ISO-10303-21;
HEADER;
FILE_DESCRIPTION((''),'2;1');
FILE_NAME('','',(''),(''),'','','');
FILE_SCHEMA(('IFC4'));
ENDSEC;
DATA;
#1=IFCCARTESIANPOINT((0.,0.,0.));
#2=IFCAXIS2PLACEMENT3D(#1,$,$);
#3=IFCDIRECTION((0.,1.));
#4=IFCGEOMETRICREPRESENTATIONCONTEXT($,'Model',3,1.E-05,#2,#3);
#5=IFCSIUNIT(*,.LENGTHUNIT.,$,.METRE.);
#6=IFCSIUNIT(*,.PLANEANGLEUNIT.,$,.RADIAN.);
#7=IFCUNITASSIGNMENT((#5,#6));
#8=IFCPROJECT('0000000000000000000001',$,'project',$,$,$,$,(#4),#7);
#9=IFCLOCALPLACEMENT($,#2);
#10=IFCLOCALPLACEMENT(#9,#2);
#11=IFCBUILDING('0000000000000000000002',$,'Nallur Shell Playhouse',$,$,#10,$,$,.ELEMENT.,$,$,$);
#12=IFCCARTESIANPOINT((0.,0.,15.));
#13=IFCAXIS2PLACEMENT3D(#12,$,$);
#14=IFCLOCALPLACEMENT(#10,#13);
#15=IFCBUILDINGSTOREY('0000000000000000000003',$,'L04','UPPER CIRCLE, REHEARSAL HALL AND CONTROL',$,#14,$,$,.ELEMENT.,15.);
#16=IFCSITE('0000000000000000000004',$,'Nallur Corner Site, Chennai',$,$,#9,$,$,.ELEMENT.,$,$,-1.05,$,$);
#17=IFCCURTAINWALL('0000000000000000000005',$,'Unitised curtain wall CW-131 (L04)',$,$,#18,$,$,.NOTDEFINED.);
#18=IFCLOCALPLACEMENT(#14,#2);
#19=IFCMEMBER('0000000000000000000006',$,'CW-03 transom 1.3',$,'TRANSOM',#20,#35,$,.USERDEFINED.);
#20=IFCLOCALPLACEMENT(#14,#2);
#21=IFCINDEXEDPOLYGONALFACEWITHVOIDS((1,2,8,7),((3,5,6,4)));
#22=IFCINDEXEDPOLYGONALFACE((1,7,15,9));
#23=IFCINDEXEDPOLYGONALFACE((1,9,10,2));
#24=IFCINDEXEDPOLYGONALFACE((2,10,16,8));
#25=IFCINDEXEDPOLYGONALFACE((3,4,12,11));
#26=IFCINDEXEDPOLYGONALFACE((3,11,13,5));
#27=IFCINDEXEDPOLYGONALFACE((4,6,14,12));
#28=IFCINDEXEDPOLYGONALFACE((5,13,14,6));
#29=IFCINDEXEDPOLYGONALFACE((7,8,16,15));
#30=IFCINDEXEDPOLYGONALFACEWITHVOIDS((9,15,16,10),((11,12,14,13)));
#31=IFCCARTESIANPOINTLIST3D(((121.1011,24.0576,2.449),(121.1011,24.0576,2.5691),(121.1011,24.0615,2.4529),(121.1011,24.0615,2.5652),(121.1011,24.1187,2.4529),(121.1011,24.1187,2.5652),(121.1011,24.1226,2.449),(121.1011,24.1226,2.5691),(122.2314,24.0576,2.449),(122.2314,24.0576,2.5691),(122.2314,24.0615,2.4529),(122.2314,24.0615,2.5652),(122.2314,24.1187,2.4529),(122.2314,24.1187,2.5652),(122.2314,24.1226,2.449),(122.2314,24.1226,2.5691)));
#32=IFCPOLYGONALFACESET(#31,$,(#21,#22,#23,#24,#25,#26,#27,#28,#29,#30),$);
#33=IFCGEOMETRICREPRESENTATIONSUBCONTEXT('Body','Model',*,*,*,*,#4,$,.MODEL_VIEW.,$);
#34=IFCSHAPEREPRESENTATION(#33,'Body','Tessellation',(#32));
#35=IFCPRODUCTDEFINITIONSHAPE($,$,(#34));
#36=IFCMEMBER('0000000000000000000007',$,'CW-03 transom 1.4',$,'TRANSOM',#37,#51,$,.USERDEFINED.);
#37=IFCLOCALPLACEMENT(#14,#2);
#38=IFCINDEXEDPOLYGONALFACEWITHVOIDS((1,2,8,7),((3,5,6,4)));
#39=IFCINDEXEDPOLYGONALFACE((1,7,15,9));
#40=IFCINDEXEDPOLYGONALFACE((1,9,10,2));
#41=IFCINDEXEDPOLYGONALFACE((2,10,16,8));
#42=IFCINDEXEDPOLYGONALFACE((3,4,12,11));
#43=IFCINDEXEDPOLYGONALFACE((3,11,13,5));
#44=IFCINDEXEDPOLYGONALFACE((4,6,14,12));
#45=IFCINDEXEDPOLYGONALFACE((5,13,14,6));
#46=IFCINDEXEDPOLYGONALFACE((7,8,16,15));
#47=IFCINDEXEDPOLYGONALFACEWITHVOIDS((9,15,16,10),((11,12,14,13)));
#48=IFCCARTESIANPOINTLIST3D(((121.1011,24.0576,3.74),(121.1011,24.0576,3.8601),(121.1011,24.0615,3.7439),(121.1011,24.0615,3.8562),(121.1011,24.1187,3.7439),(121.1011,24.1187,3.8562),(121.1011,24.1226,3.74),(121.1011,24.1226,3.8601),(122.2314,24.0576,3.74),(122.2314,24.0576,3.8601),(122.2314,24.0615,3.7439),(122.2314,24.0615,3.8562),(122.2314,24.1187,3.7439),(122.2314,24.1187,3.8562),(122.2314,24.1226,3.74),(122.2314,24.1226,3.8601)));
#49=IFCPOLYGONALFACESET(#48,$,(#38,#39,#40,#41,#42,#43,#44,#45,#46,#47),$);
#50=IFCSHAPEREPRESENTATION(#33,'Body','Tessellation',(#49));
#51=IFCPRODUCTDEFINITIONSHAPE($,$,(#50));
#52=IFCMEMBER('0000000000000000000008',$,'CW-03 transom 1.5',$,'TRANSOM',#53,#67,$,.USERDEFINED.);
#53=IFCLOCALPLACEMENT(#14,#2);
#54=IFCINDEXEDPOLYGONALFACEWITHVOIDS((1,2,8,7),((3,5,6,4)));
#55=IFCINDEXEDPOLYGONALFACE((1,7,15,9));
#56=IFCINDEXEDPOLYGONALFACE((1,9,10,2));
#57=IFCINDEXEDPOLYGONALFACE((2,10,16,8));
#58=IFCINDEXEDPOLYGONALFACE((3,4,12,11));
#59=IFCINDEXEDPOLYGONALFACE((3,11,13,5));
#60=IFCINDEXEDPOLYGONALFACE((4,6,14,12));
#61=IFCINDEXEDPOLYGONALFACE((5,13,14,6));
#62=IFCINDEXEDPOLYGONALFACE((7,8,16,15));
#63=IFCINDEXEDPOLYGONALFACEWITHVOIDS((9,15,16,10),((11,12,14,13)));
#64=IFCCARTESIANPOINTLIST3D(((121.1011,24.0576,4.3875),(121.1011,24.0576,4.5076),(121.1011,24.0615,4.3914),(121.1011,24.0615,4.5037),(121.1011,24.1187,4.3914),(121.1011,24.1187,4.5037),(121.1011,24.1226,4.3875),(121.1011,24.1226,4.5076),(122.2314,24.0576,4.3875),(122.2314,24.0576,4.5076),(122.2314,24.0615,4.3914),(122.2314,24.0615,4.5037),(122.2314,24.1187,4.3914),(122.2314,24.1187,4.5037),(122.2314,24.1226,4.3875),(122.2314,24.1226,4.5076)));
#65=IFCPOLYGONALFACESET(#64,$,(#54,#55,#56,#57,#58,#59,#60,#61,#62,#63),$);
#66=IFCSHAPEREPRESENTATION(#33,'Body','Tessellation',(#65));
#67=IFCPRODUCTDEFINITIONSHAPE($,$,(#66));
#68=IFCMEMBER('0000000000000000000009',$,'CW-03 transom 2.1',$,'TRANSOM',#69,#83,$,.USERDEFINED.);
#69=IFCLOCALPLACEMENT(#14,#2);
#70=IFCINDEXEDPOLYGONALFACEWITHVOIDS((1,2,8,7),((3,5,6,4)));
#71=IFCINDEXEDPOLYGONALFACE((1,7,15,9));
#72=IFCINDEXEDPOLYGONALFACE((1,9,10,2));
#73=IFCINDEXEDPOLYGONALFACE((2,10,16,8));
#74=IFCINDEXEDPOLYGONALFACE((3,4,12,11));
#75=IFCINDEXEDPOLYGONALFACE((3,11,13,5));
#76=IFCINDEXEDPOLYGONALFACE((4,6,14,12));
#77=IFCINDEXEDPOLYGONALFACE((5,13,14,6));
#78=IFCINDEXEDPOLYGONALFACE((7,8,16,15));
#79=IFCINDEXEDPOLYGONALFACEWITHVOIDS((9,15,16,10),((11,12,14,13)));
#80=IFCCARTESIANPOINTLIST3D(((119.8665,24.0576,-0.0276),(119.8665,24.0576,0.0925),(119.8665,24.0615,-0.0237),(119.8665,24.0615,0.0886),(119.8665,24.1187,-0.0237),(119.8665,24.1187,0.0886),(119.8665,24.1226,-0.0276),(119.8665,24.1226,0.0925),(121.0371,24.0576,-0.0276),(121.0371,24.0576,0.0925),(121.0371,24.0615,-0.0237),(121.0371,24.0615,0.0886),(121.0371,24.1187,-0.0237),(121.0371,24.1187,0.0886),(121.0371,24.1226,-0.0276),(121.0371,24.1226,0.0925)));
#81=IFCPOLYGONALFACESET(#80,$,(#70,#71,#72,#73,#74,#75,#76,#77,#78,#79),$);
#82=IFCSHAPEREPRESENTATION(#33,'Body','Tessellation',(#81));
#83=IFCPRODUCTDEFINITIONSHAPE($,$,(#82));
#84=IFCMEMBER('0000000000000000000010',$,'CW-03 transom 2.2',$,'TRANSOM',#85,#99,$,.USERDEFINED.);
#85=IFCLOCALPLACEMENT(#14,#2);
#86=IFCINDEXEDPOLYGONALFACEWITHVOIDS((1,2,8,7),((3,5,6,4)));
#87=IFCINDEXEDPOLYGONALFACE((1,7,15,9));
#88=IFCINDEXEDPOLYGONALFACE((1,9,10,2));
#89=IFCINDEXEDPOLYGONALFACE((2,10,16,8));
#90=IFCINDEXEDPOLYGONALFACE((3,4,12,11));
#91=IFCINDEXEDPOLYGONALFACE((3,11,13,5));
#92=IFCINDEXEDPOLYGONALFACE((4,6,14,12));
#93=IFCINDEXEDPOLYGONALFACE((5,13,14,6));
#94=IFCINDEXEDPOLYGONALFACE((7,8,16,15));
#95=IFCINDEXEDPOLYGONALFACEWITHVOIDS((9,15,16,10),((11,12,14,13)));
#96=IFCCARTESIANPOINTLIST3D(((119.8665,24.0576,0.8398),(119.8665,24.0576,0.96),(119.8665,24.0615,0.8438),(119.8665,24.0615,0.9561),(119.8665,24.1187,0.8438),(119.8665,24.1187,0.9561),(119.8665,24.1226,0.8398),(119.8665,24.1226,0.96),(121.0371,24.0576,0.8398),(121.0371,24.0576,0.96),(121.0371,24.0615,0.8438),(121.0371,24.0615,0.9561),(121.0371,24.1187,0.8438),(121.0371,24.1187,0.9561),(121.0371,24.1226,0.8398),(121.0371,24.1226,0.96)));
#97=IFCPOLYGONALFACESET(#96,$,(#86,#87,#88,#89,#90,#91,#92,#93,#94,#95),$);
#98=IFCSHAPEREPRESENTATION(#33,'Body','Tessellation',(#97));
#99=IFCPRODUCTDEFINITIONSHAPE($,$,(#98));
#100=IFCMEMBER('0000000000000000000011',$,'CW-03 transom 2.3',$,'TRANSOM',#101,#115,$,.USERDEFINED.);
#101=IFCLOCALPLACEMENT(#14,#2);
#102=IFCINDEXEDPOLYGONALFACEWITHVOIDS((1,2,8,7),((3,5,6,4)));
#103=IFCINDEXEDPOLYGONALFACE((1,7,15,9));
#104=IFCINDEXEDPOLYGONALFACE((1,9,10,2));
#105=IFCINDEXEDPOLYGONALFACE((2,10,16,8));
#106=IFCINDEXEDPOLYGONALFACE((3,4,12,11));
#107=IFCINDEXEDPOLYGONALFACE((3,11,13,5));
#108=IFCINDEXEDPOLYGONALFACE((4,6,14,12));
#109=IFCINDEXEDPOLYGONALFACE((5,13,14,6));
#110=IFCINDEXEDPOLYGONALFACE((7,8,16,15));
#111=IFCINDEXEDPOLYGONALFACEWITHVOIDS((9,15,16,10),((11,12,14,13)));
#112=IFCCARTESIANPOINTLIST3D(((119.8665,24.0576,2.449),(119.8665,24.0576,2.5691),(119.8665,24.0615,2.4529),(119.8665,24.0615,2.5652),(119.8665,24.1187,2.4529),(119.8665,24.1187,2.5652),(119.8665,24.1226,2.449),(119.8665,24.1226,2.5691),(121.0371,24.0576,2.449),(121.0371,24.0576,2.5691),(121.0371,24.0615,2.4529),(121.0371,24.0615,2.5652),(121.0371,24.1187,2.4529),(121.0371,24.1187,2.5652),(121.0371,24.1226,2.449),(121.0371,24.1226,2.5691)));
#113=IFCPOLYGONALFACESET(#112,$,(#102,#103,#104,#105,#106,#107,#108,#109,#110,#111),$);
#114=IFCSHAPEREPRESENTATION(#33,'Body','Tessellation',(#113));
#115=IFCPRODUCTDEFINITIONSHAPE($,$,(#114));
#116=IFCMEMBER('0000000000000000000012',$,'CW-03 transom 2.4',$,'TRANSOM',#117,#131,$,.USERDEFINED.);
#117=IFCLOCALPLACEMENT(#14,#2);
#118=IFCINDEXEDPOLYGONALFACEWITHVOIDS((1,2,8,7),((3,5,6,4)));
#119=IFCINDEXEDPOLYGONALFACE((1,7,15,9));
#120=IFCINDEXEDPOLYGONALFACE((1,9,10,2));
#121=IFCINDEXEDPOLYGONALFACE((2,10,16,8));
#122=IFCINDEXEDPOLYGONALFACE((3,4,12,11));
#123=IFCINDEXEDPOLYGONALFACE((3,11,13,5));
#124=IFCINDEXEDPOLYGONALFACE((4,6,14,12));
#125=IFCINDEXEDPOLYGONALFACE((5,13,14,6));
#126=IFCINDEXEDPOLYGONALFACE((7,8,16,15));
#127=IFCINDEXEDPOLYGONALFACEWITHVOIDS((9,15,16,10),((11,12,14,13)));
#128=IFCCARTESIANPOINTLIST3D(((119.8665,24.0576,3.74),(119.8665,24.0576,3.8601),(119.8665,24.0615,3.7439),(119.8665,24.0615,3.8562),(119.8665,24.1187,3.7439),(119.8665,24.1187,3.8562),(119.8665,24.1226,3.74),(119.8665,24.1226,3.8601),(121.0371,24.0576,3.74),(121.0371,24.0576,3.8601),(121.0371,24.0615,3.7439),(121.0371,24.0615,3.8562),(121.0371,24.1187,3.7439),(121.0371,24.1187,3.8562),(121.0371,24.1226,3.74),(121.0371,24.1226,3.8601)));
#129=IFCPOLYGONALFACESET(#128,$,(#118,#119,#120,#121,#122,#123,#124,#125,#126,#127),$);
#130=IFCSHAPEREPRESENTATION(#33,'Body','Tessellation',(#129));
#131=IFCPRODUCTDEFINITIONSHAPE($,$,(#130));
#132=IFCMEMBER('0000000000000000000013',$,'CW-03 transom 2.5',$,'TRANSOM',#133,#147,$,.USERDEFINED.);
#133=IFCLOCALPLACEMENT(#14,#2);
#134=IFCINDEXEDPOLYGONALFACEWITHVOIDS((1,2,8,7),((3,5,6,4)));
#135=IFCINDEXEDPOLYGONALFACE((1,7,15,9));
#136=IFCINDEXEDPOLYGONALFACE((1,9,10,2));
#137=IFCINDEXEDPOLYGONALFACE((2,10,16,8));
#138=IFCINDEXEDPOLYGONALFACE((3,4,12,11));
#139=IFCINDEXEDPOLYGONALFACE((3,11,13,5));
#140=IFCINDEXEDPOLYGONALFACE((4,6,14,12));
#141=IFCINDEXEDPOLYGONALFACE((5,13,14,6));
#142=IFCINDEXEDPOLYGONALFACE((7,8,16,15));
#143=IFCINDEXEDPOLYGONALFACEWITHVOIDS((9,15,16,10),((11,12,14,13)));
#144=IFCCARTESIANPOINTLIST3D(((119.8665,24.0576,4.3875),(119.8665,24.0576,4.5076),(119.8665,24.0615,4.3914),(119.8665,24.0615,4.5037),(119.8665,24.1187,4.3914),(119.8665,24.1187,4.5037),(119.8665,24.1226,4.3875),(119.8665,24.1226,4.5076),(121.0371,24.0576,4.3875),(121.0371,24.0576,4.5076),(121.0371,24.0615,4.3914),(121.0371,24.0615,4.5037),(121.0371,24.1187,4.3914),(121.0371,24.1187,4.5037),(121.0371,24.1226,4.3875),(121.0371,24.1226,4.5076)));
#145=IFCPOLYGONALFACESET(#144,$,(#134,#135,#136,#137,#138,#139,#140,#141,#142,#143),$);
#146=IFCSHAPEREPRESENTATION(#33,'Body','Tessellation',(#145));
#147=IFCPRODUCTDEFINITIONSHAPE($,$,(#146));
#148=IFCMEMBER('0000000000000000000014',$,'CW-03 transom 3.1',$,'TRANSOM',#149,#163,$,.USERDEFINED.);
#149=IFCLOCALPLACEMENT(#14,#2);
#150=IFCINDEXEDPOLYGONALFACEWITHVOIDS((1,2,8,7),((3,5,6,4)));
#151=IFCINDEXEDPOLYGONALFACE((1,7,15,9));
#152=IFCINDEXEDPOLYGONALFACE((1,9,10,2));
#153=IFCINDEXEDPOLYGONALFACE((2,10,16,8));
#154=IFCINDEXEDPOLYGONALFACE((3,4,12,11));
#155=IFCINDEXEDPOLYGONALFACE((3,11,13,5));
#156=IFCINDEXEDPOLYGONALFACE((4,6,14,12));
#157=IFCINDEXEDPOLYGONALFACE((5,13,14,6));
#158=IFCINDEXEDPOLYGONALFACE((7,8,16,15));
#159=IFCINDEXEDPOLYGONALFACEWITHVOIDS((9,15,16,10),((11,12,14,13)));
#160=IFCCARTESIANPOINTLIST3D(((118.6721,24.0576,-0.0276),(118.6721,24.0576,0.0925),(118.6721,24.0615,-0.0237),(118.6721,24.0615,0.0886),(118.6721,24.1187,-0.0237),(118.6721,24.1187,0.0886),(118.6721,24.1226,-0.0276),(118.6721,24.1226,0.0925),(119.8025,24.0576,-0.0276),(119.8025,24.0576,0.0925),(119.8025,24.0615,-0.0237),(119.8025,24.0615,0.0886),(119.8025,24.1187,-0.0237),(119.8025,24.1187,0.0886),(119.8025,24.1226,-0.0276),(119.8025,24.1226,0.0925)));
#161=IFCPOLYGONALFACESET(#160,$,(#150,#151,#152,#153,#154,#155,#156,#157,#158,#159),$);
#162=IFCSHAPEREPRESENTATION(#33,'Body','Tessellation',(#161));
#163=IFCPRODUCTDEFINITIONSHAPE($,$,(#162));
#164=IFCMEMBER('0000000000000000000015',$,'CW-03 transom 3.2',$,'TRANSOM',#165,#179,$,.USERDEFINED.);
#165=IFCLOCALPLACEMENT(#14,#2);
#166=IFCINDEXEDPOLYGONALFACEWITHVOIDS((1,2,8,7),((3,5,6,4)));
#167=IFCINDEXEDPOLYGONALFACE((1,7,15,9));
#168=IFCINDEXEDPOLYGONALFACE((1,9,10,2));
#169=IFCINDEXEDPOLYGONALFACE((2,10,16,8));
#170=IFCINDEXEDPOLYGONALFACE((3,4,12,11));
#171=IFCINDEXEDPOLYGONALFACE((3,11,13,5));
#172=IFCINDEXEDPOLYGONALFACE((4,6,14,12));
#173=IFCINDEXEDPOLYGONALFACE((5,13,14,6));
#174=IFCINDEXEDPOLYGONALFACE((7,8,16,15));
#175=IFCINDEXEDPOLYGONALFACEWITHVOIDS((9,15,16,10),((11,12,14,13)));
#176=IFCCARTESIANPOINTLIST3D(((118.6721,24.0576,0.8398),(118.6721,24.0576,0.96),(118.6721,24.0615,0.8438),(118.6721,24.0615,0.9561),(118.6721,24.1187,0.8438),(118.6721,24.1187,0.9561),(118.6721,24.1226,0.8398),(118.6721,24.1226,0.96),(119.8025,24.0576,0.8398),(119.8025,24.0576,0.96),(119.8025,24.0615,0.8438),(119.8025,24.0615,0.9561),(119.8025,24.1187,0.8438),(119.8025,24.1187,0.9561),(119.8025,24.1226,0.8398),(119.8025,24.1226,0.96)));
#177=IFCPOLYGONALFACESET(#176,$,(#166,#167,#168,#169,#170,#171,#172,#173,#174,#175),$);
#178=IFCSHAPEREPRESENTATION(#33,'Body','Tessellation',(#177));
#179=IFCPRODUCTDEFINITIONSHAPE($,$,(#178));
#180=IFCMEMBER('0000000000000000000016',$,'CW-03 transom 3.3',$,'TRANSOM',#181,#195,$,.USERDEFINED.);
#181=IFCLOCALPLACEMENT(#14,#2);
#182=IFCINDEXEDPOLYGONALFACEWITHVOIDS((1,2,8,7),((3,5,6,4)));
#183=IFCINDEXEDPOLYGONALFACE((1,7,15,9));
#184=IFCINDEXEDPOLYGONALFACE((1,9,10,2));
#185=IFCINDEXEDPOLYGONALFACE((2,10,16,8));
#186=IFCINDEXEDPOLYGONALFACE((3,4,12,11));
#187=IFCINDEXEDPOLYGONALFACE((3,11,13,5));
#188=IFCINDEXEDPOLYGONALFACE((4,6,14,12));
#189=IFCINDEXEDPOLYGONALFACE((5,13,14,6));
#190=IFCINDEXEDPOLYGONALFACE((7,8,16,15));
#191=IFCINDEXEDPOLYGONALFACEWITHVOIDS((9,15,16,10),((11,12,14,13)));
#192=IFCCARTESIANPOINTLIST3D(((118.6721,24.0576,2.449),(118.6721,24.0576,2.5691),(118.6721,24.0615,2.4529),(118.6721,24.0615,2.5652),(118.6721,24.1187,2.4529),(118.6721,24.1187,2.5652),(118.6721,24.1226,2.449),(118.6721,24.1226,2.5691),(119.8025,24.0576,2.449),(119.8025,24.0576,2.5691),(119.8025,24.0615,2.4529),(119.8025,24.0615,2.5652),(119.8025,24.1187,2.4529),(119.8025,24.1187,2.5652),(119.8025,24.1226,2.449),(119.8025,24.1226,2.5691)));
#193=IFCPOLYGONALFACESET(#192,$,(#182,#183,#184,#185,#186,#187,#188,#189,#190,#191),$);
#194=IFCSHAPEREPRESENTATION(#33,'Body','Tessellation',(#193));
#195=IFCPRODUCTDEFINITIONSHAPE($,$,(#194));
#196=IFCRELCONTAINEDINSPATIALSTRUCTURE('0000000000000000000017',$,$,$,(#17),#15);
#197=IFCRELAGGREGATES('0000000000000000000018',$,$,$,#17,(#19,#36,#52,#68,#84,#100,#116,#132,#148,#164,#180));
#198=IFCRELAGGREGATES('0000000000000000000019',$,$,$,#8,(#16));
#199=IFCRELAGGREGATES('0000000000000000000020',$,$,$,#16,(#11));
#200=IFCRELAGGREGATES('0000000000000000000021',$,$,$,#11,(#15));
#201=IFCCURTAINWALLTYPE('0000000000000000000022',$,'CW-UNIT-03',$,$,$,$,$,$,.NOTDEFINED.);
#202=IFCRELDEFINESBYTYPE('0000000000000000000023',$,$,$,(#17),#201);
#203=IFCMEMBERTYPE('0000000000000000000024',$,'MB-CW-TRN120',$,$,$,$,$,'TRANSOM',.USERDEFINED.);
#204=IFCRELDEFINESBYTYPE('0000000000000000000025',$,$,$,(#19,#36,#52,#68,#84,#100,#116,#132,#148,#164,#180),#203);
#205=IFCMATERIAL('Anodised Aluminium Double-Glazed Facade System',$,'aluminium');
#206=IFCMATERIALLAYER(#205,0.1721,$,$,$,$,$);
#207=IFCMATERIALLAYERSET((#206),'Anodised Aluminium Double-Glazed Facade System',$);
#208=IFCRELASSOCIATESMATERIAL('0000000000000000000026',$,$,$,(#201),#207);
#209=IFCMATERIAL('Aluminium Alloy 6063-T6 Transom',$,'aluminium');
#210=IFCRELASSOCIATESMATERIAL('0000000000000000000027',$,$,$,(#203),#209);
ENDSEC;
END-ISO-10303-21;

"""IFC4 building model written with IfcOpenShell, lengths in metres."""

from ifc_helpers import new_model, si_unit, direction, frame, origin, origin_2d, place, context, subcontext, project, spatial, hollow_rectangle, extrude, material, layer, layer_set, material_profile, profile_set, type_object, element, aggregate, save


model = new_model("IFC4")

# Units and contexts
model_context = context("Model", 3, precision=1e-05, world=origin(), true_north=direction((0.0, 1.0)))
body_context = subcontext(model_context, "Body", "Model", "MODEL_VIEW")
ifc_project = project(units=[si_unit("LENGTHUNIT", "METRE"), si_unit("PLANEANGLEUNIT", "RADIAN")], contexts=[model_context])

# Site, building, storey
site_placement = place(None, origin())
site = spatial("IfcSite", under=ifc_project, at=site_placement, Name="Nallur Corner Site, Chennai", CompositionType="ELEMENT", RefElevation=-1.05)
building_placement = place(site_placement, origin())
building = spatial("IfcBuilding", under=site, at=building_placement, Name="Nallur Shell Playhouse", CompositionType="ELEMENT")
storey_placement = place(building_placement, frame((0.0, 0.0, 15.0)))
storey = spatial("IfcBuildingStorey", under=building, at=storey_placement, Name="L04", Description="UPPER CIRCLE, REHEARSAL HALL AND CONTROL", CompositionType="ELEMENT", Elevation=15.0)

# Curtain wall
ifc_material_1 = material(Name="Anodised Aluminium Double-Glazed Facade System", Category="aluminium")
ifc_layer_1 = layer(ifc_material_1, 0.1721)
ifc_layer_set_1 = layer_set([ifc_layer_1], Name="Anodised Aluminium Double-Glazed Facade System")
curtain_wall_type_1 = type_object("IfcCurtainWallType", Name="CW-UNIT-03", PredefinedType="NOTDEFINED", material=ifc_layer_set_1)
curtain_wall_1_placement = place(storey_placement, origin())
curtain_wall_1 = element("IfcCurtainWall", 1, at=curtain_wall_1_placement, inside=storey, type_object=curtain_wall_type_1, Name="Unitised curtain wall CW-131 (L04)", PredefinedType="NOTDEFINED")

# Members
ifc_material_2 = material(Name="Aluminium Alloy 6063-T6 Transom", Category="aluminium")
ifc_material_profile_1 = material_profile(ifc_material_2, hollow_rectangle(XDim=0.0649, YDim=0.1201, WallThickness=0.0039, at=origin_2d()), Name="ALU 65x120x4")
ifc_profile_set_1 = profile_set([ifc_material_profile_1], Name="Aluminium Alloy 6063-T6 Transom")
member_type_1 = type_object("IfcMemberType", Name="MB-CW-TRN120", ElementType="TRANSOM", PredefinedType="USERDEFINED", material=ifc_profile_set_1)
member_1_placement = place(storey_placement, frame((122.2314, 24.0901, 2.509), z_axis=(-1.0, 0.0, 0.0), x_axis=(0.0, -1.0, 0.0)))
member_1 = element("IfcMember", 2, at=member_1_placement, type_object=member_type_1, Name="CW-03 transom 1.3", ObjectType="TRANSOM", PredefinedType="USERDEFINED", context=body_context, shape_type="SweptSolid", body=[
    extrude(hollow_rectangle(XDim=0.0649, YDim=0.1201, WallThickness=0.0039, at=origin_2d()), origin(), (0.0, 0.0, 1.0), 1.1304),
])
member_2_placement = place(storey_placement, frame((122.2314, 24.0901, 3.8), z_axis=(-1.0, 0.0, 0.0), x_axis=(0.0, -1.0, 0.0)))
member_2 = element("IfcMember", 3, at=member_2_placement, type_object=member_type_1, Name="CW-03 transom 1.4", ObjectType="TRANSOM", PredefinedType="USERDEFINED", context=body_context, shape_type="SweptSolid", body=[
    extrude(hollow_rectangle(XDim=0.0649, YDim=0.1201, WallThickness=0.0039, at=origin_2d()), origin(), (0.0, 0.0, 1.0), 1.1304),
])
member_3_placement = place(storey_placement, frame((122.2314, 24.0901, 4.4475), z_axis=(-1.0, 0.0, 0.0), x_axis=(0.0, -1.0, 0.0)))
member_3 = element("IfcMember", 4, at=member_3_placement, type_object=member_type_1, Name="CW-03 transom 1.5", ObjectType="TRANSOM", PredefinedType="USERDEFINED", context=body_context, shape_type="SweptSolid", body=[
    extrude(hollow_rectangle(XDim=0.0649, YDim=0.1201, WallThickness=0.0039, at=origin_2d()), origin(), (0.0, 0.0, 1.0), 1.1304),
])
member_4_placement = place(storey_placement, frame((121.0371, 24.0901, 0.0325), z_axis=(-1.0, 0.0, 0.0), x_axis=(0.0, -1.0, 0.0)))
member_4 = element("IfcMember", 5, at=member_4_placement, type_object=member_type_1, Name="CW-03 transom 2.1", ObjectType="TRANSOM", PredefinedType="USERDEFINED", context=body_context, shape_type="SweptSolid", body=[
    extrude(hollow_rectangle(XDim=0.0649, YDim=0.1201, WallThickness=0.0039, at=origin_2d()), origin(), (0.0, 0.0, 1.0), 1.1707),
])
member_5_placement = place(storey_placement, frame((121.0371, 24.0901, 0.8999), z_axis=(-1.0, 0.0, 0.0), x_axis=(0.0, -1.0, 0.0)))
member_5 = element("IfcMember", 6, at=member_5_placement, type_object=member_type_1, Name="CW-03 transom 2.2", ObjectType="TRANSOM", PredefinedType="USERDEFINED", context=body_context, shape_type="SweptSolid", body=[
    extrude(hollow_rectangle(XDim=0.0649, YDim=0.1201, WallThickness=0.0039, at=origin_2d()), origin(), (0.0, 0.0, 1.0), 1.1707),
])
member_6_placement = place(storey_placement, frame((121.0371, 24.0901, 2.509), z_axis=(-1.0, 0.0, 0.0), x_axis=(0.0, -1.0, 0.0)))
member_6 = element("IfcMember", 7, at=member_6_placement, type_object=member_type_1, Name="CW-03 transom 2.3", ObjectType="TRANSOM", PredefinedType="USERDEFINED", context=body_context, shape_type="SweptSolid", body=[
    extrude(hollow_rectangle(XDim=0.0649, YDim=0.1201, WallThickness=0.0039, at=origin_2d()), origin(), (0.0, 0.0, 1.0), 1.1707),
])
member_7_placement = place(storey_placement, frame((121.0371, 24.0901, 3.8), z_axis=(-1.0, 0.0, 0.0), x_axis=(0.0, -1.0, 0.0)))
member_7 = element("IfcMember", 8, at=member_7_placement, type_object=member_type_1, Name="CW-03 transom 2.4", ObjectType="TRANSOM", PredefinedType="USERDEFINED", context=body_context, shape_type="SweptSolid", body=[
    extrude(hollow_rectangle(XDim=0.0649, YDim=0.1201, WallThickness=0.0039, at=origin_2d()), origin(), (0.0, 0.0, 1.0), 1.1707),
])
member_8_placement = place(storey_placement, frame((121.0371, 24.0901, 4.4475), z_axis=(-1.0, 0.0, 0.0), x_axis=(0.0, -1.0, 0.0)))
member_8 = element("IfcMember", 9, at=member_8_placement, type_object=member_type_1, Name="CW-03 transom 2.5", ObjectType="TRANSOM", PredefinedType="USERDEFINED", context=body_context, shape_type="SweptSolid", body=[
    extrude(hollow_rectangle(XDim=0.0649, YDim=0.1201, WallThickness=0.0039, at=origin_2d()), origin(), (0.0, 0.0, 1.0), 1.1707),
])
member_9_placement = place(storey_placement, frame((119.8025, 24.0901, 0.0325), z_axis=(-1.0, 0.0, 0.0), x_axis=(0.0, -1.0, 0.0)))
member_9 = element("IfcMember", 10, at=member_9_placement, type_object=member_type_1, Name="CW-03 transom 3.1", ObjectType="TRANSOM", PredefinedType="USERDEFINED", context=body_context, shape_type="SweptSolid", body=[
    extrude(hollow_rectangle(XDim=0.0649, YDim=0.1201, WallThickness=0.0039, at=origin_2d()), origin(), (0.0, 0.0, 1.0), 1.1304),
])
member_10_placement = place(storey_placement, frame((119.8025, 24.0901, 0.8999), z_axis=(-1.0, 0.0, 0.0), x_axis=(0.0, -1.0, 0.0)))
member_10 = element("IfcMember", 11, at=member_10_placement, type_object=member_type_1, Name="CW-03 transom 3.2", ObjectType="TRANSOM", PredefinedType="USERDEFINED", context=body_context, shape_type="SweptSolid", body=[
    extrude(hollow_rectangle(XDim=0.0649, YDim=0.1201, WallThickness=0.0039, at=origin_2d()), origin(), (0.0, 0.0, 1.0), 1.1304),
])
member_11_placement = place(storey_placement, frame((119.8025, 24.0901, 2.509), z_axis=(-1.0, 0.0, 0.0), x_axis=(0.0, -1.0, 0.0)))
member_11 = element("IfcMember", 12, at=member_11_placement, type_object=member_type_1, Name="CW-03 transom 3.3", ObjectType="TRANSOM", PredefinedType="USERDEFINED", context=body_context, shape_type="SweptSolid", body=[
    extrude(hollow_rectangle(XDim=0.0649, YDim=0.1201, WallThickness=0.0039, at=origin_2d()), origin(), (0.0, 0.0, 1.0), 1.1304),
])

aggregate(curtain_wall_1, [member_1, member_2, member_3, member_4, member_5, member_6, member_7, member_8, member_9, member_10, member_11])

save(model, "model.ifc")
